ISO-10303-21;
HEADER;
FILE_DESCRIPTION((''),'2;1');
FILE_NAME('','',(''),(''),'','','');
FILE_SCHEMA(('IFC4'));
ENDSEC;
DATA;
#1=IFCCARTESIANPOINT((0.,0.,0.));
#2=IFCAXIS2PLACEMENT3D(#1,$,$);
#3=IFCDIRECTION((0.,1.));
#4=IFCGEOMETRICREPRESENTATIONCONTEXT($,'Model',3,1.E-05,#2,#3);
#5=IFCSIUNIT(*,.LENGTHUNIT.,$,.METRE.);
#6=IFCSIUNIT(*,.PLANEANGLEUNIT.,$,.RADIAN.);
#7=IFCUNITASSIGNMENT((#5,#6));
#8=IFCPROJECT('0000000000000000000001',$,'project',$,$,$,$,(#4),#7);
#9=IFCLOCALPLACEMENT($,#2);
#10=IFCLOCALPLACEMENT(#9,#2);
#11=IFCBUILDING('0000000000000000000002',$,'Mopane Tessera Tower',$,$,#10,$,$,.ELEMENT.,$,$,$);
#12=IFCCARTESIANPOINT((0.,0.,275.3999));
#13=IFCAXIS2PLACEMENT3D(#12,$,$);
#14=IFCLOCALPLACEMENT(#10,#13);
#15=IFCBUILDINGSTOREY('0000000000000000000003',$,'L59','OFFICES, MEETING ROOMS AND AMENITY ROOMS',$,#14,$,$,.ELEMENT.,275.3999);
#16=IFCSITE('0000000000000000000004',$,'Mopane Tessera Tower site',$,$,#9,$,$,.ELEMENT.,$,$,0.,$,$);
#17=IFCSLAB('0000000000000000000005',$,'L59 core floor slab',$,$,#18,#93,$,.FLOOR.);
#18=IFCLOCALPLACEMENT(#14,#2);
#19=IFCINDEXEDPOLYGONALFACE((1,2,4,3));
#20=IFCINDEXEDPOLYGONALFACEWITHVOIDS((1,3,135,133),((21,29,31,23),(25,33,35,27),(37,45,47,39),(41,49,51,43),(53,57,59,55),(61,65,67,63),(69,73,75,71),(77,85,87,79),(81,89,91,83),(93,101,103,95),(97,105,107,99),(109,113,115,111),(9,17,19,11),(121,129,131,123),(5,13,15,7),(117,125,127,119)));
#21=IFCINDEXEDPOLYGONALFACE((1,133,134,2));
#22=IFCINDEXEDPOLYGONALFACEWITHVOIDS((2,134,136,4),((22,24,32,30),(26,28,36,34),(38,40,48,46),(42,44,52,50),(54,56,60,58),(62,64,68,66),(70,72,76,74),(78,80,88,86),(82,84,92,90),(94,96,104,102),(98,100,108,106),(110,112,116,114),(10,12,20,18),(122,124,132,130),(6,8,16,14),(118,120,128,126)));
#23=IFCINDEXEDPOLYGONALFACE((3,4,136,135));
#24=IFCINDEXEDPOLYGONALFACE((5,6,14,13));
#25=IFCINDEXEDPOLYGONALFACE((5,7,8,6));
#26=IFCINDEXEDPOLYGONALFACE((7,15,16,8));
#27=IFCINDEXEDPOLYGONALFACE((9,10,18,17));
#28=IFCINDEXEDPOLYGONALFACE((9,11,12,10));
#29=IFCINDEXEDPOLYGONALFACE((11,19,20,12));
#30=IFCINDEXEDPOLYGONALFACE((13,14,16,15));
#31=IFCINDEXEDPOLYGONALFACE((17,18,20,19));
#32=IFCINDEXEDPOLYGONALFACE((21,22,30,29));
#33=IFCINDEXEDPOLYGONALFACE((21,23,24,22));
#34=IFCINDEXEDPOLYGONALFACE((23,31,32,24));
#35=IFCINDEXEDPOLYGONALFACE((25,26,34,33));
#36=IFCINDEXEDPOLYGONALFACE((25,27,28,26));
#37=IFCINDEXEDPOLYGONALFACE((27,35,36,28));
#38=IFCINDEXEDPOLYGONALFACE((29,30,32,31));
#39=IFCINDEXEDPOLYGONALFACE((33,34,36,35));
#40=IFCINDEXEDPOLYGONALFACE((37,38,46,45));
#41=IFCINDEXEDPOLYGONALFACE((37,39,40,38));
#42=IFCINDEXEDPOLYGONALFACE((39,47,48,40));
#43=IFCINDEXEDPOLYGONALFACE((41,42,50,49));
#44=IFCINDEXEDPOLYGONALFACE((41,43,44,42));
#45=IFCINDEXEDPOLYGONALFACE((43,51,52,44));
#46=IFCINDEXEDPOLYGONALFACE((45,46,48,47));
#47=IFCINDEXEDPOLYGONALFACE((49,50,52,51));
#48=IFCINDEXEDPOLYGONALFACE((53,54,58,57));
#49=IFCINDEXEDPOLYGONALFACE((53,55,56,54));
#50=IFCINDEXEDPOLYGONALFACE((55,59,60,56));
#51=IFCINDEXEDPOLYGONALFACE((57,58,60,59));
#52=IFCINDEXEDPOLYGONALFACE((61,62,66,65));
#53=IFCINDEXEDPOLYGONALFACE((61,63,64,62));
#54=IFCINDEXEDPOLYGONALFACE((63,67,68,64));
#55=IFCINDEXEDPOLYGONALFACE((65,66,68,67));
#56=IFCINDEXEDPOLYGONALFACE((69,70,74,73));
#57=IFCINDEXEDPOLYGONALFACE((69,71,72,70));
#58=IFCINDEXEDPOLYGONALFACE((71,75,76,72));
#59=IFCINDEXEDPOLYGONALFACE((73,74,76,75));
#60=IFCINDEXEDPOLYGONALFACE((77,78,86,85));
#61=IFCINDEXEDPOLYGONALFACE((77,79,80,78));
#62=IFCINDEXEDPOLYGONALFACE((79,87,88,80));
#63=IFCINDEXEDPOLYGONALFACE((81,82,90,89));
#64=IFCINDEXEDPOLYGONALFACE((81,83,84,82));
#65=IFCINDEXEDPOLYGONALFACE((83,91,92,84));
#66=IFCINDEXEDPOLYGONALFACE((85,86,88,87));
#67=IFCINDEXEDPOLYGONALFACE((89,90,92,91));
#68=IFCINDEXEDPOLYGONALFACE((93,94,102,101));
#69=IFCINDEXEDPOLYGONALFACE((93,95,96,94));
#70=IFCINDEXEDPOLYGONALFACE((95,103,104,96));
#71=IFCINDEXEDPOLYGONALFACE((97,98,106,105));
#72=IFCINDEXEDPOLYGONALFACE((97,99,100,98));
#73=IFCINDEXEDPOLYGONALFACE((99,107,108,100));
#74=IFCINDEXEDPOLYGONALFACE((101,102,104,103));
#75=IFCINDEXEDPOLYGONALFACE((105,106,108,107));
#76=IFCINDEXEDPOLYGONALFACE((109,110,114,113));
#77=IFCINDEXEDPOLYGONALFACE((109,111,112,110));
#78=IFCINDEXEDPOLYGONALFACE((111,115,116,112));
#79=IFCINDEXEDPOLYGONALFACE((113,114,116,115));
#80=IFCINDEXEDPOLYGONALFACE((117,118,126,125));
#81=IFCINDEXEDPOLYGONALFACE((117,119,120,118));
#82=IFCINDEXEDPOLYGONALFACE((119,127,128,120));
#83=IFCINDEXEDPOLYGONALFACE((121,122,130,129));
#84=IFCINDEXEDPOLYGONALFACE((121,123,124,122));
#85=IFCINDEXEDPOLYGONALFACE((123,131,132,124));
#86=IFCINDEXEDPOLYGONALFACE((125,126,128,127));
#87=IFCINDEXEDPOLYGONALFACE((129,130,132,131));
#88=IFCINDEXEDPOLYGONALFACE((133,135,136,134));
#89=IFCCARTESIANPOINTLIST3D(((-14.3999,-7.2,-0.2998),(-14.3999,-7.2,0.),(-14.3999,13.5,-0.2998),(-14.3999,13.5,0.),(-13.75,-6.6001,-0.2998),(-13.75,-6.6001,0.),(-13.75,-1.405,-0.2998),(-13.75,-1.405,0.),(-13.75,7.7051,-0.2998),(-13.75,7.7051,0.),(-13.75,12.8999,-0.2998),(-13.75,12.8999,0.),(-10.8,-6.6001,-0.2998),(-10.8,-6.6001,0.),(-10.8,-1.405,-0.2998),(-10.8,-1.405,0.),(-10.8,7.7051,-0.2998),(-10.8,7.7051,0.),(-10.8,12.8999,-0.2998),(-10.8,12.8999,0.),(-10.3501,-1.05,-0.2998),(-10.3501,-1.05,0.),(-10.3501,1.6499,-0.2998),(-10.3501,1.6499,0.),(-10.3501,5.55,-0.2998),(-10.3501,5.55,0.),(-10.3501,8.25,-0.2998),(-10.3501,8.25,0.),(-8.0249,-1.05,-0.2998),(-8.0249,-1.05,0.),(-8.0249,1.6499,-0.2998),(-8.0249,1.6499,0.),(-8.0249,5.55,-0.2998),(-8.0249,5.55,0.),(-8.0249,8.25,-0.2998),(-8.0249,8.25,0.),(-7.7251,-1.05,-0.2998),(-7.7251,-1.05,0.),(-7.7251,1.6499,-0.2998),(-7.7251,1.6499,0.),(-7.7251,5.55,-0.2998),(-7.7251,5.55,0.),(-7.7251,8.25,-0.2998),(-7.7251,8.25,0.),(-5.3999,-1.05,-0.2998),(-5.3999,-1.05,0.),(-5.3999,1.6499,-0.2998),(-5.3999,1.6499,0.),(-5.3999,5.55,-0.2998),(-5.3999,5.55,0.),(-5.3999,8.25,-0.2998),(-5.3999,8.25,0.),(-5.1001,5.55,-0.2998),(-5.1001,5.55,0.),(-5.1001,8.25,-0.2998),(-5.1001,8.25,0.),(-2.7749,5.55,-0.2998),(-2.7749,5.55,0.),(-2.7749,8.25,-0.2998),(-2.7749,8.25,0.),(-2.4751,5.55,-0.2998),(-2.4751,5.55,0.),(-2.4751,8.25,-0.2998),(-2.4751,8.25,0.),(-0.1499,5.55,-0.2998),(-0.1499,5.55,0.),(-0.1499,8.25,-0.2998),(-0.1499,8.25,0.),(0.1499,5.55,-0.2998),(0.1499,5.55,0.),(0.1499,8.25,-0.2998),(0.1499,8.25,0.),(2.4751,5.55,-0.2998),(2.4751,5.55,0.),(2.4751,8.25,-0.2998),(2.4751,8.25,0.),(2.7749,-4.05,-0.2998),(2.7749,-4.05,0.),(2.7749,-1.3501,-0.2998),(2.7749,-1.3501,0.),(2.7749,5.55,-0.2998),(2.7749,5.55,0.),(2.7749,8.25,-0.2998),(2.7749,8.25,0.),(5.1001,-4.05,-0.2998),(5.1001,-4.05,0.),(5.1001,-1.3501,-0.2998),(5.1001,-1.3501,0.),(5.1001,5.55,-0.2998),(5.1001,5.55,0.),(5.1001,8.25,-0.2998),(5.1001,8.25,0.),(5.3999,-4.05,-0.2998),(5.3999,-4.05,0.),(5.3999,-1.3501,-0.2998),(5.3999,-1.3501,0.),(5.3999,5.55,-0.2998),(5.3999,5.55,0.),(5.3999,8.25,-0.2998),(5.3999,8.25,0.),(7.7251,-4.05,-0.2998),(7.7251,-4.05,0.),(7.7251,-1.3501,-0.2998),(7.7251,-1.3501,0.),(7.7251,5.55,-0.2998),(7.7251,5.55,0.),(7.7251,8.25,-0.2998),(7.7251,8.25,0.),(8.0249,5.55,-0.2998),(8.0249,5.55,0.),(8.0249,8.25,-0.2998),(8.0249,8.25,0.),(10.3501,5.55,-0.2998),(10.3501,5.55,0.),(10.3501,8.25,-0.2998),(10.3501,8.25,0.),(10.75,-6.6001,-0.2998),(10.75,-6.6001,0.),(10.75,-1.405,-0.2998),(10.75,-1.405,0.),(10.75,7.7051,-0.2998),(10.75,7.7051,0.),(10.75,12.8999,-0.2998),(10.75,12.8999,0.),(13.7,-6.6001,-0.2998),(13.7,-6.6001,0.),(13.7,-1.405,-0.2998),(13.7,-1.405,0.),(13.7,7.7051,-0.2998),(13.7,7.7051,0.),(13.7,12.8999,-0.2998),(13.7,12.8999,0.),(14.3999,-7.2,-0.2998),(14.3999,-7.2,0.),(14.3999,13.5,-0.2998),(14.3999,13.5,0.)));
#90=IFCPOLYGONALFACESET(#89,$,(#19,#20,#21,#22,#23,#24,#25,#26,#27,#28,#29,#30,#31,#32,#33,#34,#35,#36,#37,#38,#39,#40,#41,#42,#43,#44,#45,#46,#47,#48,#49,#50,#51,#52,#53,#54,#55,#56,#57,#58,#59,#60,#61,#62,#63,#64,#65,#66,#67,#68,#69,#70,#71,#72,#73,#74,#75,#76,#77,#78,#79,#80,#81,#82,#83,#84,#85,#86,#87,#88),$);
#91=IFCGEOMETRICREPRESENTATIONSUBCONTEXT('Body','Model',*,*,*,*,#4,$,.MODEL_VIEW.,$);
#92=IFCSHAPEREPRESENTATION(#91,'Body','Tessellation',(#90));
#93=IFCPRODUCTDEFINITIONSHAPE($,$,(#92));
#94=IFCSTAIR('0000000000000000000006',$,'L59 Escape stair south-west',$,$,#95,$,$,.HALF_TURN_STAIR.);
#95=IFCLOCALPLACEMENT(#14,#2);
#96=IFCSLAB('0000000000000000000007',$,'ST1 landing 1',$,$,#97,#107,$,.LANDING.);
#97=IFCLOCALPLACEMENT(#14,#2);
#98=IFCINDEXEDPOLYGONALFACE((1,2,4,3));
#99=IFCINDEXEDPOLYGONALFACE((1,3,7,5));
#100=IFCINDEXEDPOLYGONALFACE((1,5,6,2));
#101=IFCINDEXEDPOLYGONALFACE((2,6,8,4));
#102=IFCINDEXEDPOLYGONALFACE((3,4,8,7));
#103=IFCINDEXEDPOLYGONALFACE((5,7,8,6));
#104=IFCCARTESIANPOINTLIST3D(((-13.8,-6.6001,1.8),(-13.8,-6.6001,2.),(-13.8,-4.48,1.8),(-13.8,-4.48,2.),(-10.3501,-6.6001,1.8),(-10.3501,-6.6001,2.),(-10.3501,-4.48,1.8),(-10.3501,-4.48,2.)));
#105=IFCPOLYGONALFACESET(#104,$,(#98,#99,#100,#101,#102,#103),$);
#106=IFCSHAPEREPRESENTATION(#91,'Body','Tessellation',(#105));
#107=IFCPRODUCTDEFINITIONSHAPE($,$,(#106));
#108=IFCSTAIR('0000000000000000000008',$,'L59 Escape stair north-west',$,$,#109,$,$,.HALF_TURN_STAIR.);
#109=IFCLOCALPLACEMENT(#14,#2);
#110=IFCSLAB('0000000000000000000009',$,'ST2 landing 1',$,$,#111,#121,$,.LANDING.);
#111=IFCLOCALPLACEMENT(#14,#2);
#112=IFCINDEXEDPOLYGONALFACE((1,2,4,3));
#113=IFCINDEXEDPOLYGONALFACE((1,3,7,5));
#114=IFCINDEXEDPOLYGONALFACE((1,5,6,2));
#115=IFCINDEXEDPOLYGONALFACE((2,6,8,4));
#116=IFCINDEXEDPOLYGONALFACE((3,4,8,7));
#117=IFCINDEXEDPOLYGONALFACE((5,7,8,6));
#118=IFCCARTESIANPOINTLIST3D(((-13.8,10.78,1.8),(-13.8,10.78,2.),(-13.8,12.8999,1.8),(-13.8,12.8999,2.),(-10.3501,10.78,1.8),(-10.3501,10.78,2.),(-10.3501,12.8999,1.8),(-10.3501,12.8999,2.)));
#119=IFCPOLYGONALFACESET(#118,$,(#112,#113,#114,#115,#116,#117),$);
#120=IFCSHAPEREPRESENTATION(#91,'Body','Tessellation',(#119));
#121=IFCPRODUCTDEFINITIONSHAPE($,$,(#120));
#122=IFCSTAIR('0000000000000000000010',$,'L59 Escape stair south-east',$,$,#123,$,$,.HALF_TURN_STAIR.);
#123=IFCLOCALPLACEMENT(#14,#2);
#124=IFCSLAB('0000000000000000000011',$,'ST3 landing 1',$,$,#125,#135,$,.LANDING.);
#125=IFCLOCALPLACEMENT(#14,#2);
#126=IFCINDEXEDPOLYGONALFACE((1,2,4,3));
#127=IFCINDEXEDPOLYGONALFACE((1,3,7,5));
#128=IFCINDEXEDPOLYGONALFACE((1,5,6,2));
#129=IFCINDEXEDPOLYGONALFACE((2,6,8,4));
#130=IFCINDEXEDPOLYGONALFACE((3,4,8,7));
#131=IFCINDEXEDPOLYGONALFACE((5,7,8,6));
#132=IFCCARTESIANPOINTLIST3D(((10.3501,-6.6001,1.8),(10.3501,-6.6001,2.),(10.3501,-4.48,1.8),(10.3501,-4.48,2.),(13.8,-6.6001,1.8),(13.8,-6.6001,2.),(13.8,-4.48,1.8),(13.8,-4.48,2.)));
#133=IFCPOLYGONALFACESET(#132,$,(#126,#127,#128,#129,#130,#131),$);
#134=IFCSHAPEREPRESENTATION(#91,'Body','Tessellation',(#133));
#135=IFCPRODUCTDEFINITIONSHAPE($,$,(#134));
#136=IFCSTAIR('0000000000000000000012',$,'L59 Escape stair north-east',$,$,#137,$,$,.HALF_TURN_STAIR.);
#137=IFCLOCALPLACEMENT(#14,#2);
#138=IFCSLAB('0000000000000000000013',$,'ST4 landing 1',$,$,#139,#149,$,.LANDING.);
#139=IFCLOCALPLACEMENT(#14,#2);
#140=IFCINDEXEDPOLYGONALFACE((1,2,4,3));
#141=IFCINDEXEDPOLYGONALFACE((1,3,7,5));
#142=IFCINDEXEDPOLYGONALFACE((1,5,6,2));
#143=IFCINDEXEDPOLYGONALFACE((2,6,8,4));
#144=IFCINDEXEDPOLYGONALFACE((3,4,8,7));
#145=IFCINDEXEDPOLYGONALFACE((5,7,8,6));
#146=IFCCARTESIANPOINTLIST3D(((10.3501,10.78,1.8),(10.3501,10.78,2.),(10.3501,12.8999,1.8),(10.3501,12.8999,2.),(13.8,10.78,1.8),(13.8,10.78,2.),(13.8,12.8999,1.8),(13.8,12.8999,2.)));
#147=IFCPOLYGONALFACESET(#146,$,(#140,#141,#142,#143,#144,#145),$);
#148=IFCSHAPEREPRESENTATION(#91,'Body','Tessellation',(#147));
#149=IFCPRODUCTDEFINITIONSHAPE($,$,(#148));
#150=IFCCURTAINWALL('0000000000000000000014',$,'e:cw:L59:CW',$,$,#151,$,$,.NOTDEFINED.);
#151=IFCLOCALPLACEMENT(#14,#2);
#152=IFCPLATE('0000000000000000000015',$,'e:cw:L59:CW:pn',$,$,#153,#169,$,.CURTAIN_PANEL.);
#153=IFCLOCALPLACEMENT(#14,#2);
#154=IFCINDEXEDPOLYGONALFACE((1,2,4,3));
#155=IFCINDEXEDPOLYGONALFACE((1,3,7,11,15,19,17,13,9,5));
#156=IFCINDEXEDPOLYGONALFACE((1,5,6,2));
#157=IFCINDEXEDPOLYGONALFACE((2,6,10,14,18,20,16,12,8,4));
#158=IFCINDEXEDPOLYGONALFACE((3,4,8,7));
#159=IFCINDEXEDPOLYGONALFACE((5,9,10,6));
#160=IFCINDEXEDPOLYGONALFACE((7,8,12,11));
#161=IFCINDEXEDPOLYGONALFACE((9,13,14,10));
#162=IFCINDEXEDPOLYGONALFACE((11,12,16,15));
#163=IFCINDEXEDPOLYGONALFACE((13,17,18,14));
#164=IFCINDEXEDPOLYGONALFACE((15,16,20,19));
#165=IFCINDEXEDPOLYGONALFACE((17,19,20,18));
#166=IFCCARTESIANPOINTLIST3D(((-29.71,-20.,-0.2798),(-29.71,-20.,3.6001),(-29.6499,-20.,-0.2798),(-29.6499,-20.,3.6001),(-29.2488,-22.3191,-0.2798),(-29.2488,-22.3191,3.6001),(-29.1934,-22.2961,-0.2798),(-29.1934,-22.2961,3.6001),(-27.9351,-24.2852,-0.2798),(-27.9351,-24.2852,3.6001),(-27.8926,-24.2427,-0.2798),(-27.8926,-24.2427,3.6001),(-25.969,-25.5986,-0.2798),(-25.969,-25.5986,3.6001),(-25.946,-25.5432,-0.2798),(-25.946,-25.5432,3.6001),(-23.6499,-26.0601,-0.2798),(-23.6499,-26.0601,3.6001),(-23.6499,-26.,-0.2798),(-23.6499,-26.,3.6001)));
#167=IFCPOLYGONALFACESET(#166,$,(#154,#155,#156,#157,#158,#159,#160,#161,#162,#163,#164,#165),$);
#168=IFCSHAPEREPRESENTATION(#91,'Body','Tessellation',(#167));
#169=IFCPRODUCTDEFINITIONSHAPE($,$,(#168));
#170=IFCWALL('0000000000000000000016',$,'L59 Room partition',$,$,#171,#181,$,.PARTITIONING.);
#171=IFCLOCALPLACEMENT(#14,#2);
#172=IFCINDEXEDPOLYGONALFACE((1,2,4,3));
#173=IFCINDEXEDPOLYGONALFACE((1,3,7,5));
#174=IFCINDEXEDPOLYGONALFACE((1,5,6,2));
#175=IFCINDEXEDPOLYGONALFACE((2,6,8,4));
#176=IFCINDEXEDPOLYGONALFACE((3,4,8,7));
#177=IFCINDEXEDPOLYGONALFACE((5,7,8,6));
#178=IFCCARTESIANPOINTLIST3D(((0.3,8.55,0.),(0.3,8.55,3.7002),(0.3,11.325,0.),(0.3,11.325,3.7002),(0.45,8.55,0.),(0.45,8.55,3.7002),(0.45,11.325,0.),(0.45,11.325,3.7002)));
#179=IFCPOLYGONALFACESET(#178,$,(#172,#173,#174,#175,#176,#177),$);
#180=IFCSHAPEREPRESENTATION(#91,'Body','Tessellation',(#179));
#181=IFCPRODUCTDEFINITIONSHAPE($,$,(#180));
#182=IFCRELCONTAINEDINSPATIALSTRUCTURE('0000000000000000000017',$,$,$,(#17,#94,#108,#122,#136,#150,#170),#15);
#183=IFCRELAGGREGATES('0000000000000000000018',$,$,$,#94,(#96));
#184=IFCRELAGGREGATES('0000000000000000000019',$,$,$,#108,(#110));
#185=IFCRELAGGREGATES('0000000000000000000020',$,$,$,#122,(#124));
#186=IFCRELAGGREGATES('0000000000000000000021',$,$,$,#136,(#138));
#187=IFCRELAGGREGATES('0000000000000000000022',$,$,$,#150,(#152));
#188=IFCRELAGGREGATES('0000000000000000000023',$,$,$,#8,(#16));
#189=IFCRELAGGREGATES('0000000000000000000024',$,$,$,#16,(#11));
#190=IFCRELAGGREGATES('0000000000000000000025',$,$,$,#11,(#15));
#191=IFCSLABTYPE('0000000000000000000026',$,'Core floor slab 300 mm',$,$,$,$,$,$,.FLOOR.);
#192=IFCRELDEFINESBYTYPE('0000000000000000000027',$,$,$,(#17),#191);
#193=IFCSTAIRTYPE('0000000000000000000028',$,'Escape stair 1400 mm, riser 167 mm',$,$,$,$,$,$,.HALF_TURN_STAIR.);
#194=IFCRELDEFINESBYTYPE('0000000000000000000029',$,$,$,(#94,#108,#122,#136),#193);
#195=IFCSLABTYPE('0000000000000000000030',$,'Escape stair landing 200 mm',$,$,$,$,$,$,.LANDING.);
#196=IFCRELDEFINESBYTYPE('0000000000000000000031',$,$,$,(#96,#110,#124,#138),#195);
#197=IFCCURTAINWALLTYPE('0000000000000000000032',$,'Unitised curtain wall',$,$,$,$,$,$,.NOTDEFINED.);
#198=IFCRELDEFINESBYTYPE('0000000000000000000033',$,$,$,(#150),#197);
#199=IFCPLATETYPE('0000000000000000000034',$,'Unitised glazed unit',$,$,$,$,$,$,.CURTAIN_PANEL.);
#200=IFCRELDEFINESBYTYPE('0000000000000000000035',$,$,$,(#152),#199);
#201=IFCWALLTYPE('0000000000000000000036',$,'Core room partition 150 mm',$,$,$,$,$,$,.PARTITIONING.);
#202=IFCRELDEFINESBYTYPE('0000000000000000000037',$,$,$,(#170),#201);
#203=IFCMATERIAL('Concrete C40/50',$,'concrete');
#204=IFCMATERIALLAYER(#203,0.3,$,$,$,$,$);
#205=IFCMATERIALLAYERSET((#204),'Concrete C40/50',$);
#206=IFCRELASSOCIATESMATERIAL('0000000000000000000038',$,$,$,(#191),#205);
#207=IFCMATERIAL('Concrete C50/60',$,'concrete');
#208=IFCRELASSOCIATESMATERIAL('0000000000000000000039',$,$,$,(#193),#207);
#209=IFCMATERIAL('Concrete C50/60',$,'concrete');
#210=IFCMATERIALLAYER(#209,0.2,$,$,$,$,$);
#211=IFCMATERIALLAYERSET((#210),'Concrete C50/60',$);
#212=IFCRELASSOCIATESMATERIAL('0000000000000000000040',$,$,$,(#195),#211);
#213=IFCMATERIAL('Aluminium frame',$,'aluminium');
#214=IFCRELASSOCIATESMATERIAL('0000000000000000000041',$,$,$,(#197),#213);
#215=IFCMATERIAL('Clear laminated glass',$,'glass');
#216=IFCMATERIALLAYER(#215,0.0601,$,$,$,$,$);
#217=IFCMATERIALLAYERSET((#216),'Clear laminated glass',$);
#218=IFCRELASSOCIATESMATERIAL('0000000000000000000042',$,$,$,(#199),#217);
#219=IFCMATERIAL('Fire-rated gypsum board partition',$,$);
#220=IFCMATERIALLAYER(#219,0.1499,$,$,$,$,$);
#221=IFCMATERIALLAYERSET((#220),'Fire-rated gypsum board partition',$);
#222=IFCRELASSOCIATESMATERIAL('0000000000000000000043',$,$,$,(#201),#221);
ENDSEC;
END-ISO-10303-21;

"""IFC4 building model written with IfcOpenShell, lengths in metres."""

from ifc_helpers import new_model, si_unit, direction, frame, frame_2d, origin, place, context, subcontext, project, spatial, polyline, rectangle, outline, extrude, material, layer, layer_set, type_object, element, aggregate, save


model = new_model("IFC4")

# Units and contexts
model_context = context("Model", 3, precision=1e-05, world=origin(), true_north=direction((0.0, 1.0)))
body_context = subcontext(model_context, "Body", "Model", "MODEL_VIEW")
ifc_project = project(units=[si_unit("LENGTHUNIT", "METRE"), si_unit("PLANEANGLEUNIT", "RADIAN")], contexts=[model_context])

# Site, building, storey
site_placement = place(None, origin())
site = spatial("IfcSite", under=ifc_project, at=site_placement, Name="Mopane Tessera Tower site", CompositionType="ELEMENT", RefElevation=0.0)
building_placement = place(site_placement, origin())
building = spatial("IfcBuilding", under=site, at=building_placement, Name="Mopane Tessera Tower", CompositionType="ELEMENT")
storey_placement = place(building_placement, frame((0.0, 0.0, 275.3999)))
storey = spatial("IfcBuildingStorey", under=building, at=storey_placement, Name="L59", Description="OFFICES, MEETING ROOMS AND AMENITY ROOMS", CompositionType="ELEMENT", Elevation=275.3999)

# Slab
ifc_material_1 = material(Name="Concrete C40/50", Category="concrete")
ifc_layer_1 = layer(ifc_material_1, 0.3)
ifc_layer_set_1 = layer_set([ifc_layer_1], Name="Concrete C40/50")
slab_type_1 = type_object("IfcSlabType", Name="Core floor slab 300 mm", PredefinedType="FLOOR", material=ifc_layer_set_1)
slab_1_placement = place(storey_placement, frame((0.0, 0.0, -0.2998)))
element("IfcSlab", 1, at=slab_1_placement, inside=storey, type_object=slab_type_1, Name="L59 core floor slab", PredefinedType="FLOOR", context=body_context, shape_type="SweptSolid", body=[
    extrude(outline(polyline([(-14.3999, -7.2), (14.3999, -7.2), (14.3999, 13.5), (-14.3999, 13.5), (-14.3999, -7.2)]), holes=[polyline([(-10.3501, -1.05), (-8.0249, -1.05), (-8.0249, 1.6499), (-10.3501, 1.6499), (-10.3501, -1.05)]), polyline([(-7.7251, -1.05), (-5.3999, -1.05), (-5.3999, 1.6499), (-7.7251, 1.6499), (-7.7251, -1.05)]), polyline([(-10.3501, 5.55), (-8.0249, 5.55), (-8.0249, 8.25), (-10.3501, 8.25), (-10.3501, 5.55)]), polyline([(-7.7251, 5.55), (-5.3999, 5.55), (-5.3999, 8.25), (-7.7251, 8.25), (-7.7251, 5.55)]), polyline([(-5.1001, 5.55), (-2.7749, 5.55), (-2.7749, 8.25), (-5.1001, 8.25), (-5.1001, 5.55)]), polyline([(-2.4751, 5.55), (-0.1499, 5.55), (-0.1499, 8.25), (-2.4751, 8.25), (-2.4751, 5.55)]), polyline([(0.1499, 5.55), (2.4751, 5.55), (2.4751, 8.25), (0.1499, 8.25), (0.1499, 5.55)]), polyline([(2.7749, 5.55), (5.1001, 5.55), (5.1001, 8.25), (2.7749, 8.25), (2.7749, 5.55)]), polyline([(5.3999, 5.55), (7.7251, 5.55), (7.7251, 8.25), (5.3999, 8.25), (5.3999, 5.55)]), polyline([(8.0249, 5.55), (10.3501, 5.55), (10.3501, 8.25), (8.0249, 8.25), (8.0249, 5.55)]), polyline([(2.7749, -4.05), (5.1001, -4.05), (5.1001, -1.3501), (2.7749, -1.3501), (2.7749, -4.05)]), polyline([(5.3999, -4.05), (7.7251, -4.05), (7.7251, -1.3501), (5.3999, -1.3501), (5.3999, -4.05)]), polyline([(-13.75, -1.405), (-13.75, -6.6001), (-10.8, -6.6001), (-10.8, -1.405), (-13.75, -1.405)]), polyline([(-10.8, 7.7051), (-10.8, 12.8999), (-13.75, 12.8999), (-13.75, 7.7051), (-10.8, 7.7051)]), polyline([(10.75, -1.405), (10.75, -6.6001), (13.7, -6.6001), (13.7, -1.405), (10.75, -1.405)]), polyline([(13.7, 7.7051), (13.7, 12.8999), (10.75, 12.8999), (10.75, 7.7051), (13.7, 7.7051)])]), origin(), (0.0, 0.0, 1.0), 0.2998),
])

# Stairs, slabs
ifc_material_2 = material(Name="Concrete C50/60", Category="concrete")
stair_type = type_object("IfcStairType", Name="Escape stair 1400 mm, riser 167 mm", PredefinedType="HALF_TURN_STAIR", material=ifc_material_2)
stair_1_placement = place(storey_placement, origin())
stair_1 = element("IfcStair", 2, at=stair_1_placement, inside=storey, type_object=stair_type, Name="L59 Escape stair south-west", PredefinedType="HALF_TURN_STAIR")
ifc_material_3 = material(Name="Concrete C50/60", Category="concrete")
ifc_layer_2 = layer(ifc_material_3, 0.2)
ifc_layer_set_2 = layer_set([ifc_layer_2], Name="Concrete C50/60")
slab_type_2 = type_object("IfcSlabType", Name="Escape stair landing 200 mm", PredefinedType="LANDING", material=ifc_layer_set_2)
slab_2_placement = place(storey_placement, frame((0.0, 0.0, 1.8)))
slab_2 = element("IfcSlab", 3, at=slab_2_placement, type_object=slab_type_2, Name="ST1 landing 1", PredefinedType="LANDING", context=body_context, shape_type="SweptSolid", body=[
    extrude(outline(polyline([(-13.8, -4.48), (-13.8, -6.6001), (-10.3501, -6.6001), (-10.3501, -4.48), (-13.8, -4.48)])), origin(), (0.0, 0.0, 1.0), 0.2),
])
aggregate(stair_1, [slab_2])
stair_2_placement = place(storey_placement, origin())
stair_2 = element("IfcStair", 4, at=stair_2_placement, inside=storey, type_object=stair_type, Name="L59 Escape stair north-west", PredefinedType="HALF_TURN_STAIR")
slab_3_placement = place(storey_placement, frame((0.0, 0.0, 1.8)))
slab_3 = element("IfcSlab", 5, at=slab_3_placement, type_object=slab_type_2, Name="ST2 landing 1", PredefinedType="LANDING", context=body_context, shape_type="SweptSolid", body=[
    extrude(outline(polyline([(-10.3501, 10.78), (-10.3501, 12.8999), (-13.8, 12.8999), (-13.8, 10.78), (-10.3501, 10.78)])), origin(), (0.0, 0.0, 1.0), 0.2),
])
aggregate(stair_2, [slab_3])
stair_3_placement = place(storey_placement, origin())
stair_3 = element("IfcStair", 6, at=stair_3_placement, inside=storey, type_object=stair_type, Name="L59 Escape stair south-east", PredefinedType="HALF_TURN_STAIR")
slab_4_placement = place(storey_placement, frame((0.0, 0.0, 1.8)))
slab_4 = element("IfcSlab", 7, at=slab_4_placement, type_object=slab_type_2, Name="ST3 landing 1", PredefinedType="LANDING", context=body_context, shape_type="SweptSolid", body=[
    extrude(outline(polyline([(10.3501, -4.48), (10.3501, -6.6001), (13.8, -6.6001), (13.8, -4.48), (10.3501, -4.48)])), origin(), (0.0, 0.0, 1.0), 0.2),
])
aggregate(stair_3, [slab_4])
stair_4_placement = place(storey_placement, origin())
stair_4 = element("IfcStair", 8, at=stair_4_placement, inside=storey, type_object=stair_type, Name="L59 Escape stair north-east", PredefinedType="HALF_TURN_STAIR")
slab_5_placement = place(storey_placement, frame((0.0, 0.0, 1.8)))
slab_5 = element("IfcSlab", 9, at=slab_5_placement, type_object=slab_type_2, Name="ST4 landing 1", PredefinedType="LANDING", context=body_context, shape_type="SweptSolid", body=[
    extrude(outline(polyline([(13.8, 10.78), (13.8, 12.8999), (10.3501, 12.8999), (10.3501, 10.78), (13.8, 10.78)])), origin(), (0.0, 0.0, 1.0), 0.2),
])
aggregate(stair_4, [slab_5])

# Curtain wall, plate
ifc_material_4 = material(Name="Aluminium frame", Category="aluminium")
curtain_wall_type = type_object("IfcCurtainWallType", Name="Unitised curtain wall", PredefinedType="NOTDEFINED", material=ifc_material_4)
curtain_wall_placement = place(storey_placement, origin())
curtain_wall = element("IfcCurtainWall", 10, at=curtain_wall_placement, inside=storey, type_object=curtain_wall_type, Name="e:cw:L59:CW", PredefinedType="NOTDEFINED")
ifc_material_5 = material(Name="Clear laminated glass", Category="glass")
ifc_layer_3 = layer(ifc_material_5, 0.0601)
ifc_layer_set_3 = layer_set([ifc_layer_3], Name="Clear laminated glass")
plate_type = type_object("IfcPlateType", Name="Unitised glazed unit", PredefinedType="CURTAIN_PANEL", material=ifc_layer_set_3)
plate_placement = place(storey_placement, frame((0.0, 0.0, -0.2798)))
plate = element("IfcPlate", 11, at=plate_placement, type_object=plate_type, Name="e:cw:L59:CW:pn", PredefinedType="CURTAIN_PANEL", context=body_context, shape_type="SweptSolid", body=[
    extrude(outline(polyline([(-29.6499, -20.0), (-29.1934, -22.2961), (-27.8926, -24.2427), (-25.946, -25.5432), (-23.6499, -26.0), (-23.6499, -26.0601), (-25.969, -25.5986), (-27.9351, -24.2852), (-29.2488, -22.3191), (-29.71, -20.0), (-29.6499, -20.0)])), origin(), (0.0, 0.0, 1.0), 3.8799),
])
aggregate(curtain_wall, [plate])

# Wall
ifc_material_6 = material(Name="Fire-rated gypsum board partition")
ifc_layer_4 = layer(ifc_material_6, 0.1499)
ifc_layer_set_4 = layer_set([ifc_layer_4], Name="Fire-rated gypsum board partition")
wall_type_1 = type_object("IfcWallType", Name="Core room partition 150 mm", PredefinedType="PARTITIONING", material=ifc_layer_set_4)
wall_1_placement = place(storey_placement, frame((0.375, 8.55, 0.0), z_axis=(0.0, 0.0, 1.0), x_axis=(0.0, 1.0, 0.0)))
element("IfcWall", 12, at=wall_1_placement, inside=storey, type_object=wall_type_1, Name="L59 Room partition", PredefinedType="PARTITIONING", context=body_context, shape_type="SweptSolid", body=[
    extrude(rectangle(XDim=2.7749, YDim=0.1499, at=frame_2d((1.3875, 0.0))), origin(), (0.0, 0.0, 1.0), 3.7002),
])

save(model, "model.ifc")
